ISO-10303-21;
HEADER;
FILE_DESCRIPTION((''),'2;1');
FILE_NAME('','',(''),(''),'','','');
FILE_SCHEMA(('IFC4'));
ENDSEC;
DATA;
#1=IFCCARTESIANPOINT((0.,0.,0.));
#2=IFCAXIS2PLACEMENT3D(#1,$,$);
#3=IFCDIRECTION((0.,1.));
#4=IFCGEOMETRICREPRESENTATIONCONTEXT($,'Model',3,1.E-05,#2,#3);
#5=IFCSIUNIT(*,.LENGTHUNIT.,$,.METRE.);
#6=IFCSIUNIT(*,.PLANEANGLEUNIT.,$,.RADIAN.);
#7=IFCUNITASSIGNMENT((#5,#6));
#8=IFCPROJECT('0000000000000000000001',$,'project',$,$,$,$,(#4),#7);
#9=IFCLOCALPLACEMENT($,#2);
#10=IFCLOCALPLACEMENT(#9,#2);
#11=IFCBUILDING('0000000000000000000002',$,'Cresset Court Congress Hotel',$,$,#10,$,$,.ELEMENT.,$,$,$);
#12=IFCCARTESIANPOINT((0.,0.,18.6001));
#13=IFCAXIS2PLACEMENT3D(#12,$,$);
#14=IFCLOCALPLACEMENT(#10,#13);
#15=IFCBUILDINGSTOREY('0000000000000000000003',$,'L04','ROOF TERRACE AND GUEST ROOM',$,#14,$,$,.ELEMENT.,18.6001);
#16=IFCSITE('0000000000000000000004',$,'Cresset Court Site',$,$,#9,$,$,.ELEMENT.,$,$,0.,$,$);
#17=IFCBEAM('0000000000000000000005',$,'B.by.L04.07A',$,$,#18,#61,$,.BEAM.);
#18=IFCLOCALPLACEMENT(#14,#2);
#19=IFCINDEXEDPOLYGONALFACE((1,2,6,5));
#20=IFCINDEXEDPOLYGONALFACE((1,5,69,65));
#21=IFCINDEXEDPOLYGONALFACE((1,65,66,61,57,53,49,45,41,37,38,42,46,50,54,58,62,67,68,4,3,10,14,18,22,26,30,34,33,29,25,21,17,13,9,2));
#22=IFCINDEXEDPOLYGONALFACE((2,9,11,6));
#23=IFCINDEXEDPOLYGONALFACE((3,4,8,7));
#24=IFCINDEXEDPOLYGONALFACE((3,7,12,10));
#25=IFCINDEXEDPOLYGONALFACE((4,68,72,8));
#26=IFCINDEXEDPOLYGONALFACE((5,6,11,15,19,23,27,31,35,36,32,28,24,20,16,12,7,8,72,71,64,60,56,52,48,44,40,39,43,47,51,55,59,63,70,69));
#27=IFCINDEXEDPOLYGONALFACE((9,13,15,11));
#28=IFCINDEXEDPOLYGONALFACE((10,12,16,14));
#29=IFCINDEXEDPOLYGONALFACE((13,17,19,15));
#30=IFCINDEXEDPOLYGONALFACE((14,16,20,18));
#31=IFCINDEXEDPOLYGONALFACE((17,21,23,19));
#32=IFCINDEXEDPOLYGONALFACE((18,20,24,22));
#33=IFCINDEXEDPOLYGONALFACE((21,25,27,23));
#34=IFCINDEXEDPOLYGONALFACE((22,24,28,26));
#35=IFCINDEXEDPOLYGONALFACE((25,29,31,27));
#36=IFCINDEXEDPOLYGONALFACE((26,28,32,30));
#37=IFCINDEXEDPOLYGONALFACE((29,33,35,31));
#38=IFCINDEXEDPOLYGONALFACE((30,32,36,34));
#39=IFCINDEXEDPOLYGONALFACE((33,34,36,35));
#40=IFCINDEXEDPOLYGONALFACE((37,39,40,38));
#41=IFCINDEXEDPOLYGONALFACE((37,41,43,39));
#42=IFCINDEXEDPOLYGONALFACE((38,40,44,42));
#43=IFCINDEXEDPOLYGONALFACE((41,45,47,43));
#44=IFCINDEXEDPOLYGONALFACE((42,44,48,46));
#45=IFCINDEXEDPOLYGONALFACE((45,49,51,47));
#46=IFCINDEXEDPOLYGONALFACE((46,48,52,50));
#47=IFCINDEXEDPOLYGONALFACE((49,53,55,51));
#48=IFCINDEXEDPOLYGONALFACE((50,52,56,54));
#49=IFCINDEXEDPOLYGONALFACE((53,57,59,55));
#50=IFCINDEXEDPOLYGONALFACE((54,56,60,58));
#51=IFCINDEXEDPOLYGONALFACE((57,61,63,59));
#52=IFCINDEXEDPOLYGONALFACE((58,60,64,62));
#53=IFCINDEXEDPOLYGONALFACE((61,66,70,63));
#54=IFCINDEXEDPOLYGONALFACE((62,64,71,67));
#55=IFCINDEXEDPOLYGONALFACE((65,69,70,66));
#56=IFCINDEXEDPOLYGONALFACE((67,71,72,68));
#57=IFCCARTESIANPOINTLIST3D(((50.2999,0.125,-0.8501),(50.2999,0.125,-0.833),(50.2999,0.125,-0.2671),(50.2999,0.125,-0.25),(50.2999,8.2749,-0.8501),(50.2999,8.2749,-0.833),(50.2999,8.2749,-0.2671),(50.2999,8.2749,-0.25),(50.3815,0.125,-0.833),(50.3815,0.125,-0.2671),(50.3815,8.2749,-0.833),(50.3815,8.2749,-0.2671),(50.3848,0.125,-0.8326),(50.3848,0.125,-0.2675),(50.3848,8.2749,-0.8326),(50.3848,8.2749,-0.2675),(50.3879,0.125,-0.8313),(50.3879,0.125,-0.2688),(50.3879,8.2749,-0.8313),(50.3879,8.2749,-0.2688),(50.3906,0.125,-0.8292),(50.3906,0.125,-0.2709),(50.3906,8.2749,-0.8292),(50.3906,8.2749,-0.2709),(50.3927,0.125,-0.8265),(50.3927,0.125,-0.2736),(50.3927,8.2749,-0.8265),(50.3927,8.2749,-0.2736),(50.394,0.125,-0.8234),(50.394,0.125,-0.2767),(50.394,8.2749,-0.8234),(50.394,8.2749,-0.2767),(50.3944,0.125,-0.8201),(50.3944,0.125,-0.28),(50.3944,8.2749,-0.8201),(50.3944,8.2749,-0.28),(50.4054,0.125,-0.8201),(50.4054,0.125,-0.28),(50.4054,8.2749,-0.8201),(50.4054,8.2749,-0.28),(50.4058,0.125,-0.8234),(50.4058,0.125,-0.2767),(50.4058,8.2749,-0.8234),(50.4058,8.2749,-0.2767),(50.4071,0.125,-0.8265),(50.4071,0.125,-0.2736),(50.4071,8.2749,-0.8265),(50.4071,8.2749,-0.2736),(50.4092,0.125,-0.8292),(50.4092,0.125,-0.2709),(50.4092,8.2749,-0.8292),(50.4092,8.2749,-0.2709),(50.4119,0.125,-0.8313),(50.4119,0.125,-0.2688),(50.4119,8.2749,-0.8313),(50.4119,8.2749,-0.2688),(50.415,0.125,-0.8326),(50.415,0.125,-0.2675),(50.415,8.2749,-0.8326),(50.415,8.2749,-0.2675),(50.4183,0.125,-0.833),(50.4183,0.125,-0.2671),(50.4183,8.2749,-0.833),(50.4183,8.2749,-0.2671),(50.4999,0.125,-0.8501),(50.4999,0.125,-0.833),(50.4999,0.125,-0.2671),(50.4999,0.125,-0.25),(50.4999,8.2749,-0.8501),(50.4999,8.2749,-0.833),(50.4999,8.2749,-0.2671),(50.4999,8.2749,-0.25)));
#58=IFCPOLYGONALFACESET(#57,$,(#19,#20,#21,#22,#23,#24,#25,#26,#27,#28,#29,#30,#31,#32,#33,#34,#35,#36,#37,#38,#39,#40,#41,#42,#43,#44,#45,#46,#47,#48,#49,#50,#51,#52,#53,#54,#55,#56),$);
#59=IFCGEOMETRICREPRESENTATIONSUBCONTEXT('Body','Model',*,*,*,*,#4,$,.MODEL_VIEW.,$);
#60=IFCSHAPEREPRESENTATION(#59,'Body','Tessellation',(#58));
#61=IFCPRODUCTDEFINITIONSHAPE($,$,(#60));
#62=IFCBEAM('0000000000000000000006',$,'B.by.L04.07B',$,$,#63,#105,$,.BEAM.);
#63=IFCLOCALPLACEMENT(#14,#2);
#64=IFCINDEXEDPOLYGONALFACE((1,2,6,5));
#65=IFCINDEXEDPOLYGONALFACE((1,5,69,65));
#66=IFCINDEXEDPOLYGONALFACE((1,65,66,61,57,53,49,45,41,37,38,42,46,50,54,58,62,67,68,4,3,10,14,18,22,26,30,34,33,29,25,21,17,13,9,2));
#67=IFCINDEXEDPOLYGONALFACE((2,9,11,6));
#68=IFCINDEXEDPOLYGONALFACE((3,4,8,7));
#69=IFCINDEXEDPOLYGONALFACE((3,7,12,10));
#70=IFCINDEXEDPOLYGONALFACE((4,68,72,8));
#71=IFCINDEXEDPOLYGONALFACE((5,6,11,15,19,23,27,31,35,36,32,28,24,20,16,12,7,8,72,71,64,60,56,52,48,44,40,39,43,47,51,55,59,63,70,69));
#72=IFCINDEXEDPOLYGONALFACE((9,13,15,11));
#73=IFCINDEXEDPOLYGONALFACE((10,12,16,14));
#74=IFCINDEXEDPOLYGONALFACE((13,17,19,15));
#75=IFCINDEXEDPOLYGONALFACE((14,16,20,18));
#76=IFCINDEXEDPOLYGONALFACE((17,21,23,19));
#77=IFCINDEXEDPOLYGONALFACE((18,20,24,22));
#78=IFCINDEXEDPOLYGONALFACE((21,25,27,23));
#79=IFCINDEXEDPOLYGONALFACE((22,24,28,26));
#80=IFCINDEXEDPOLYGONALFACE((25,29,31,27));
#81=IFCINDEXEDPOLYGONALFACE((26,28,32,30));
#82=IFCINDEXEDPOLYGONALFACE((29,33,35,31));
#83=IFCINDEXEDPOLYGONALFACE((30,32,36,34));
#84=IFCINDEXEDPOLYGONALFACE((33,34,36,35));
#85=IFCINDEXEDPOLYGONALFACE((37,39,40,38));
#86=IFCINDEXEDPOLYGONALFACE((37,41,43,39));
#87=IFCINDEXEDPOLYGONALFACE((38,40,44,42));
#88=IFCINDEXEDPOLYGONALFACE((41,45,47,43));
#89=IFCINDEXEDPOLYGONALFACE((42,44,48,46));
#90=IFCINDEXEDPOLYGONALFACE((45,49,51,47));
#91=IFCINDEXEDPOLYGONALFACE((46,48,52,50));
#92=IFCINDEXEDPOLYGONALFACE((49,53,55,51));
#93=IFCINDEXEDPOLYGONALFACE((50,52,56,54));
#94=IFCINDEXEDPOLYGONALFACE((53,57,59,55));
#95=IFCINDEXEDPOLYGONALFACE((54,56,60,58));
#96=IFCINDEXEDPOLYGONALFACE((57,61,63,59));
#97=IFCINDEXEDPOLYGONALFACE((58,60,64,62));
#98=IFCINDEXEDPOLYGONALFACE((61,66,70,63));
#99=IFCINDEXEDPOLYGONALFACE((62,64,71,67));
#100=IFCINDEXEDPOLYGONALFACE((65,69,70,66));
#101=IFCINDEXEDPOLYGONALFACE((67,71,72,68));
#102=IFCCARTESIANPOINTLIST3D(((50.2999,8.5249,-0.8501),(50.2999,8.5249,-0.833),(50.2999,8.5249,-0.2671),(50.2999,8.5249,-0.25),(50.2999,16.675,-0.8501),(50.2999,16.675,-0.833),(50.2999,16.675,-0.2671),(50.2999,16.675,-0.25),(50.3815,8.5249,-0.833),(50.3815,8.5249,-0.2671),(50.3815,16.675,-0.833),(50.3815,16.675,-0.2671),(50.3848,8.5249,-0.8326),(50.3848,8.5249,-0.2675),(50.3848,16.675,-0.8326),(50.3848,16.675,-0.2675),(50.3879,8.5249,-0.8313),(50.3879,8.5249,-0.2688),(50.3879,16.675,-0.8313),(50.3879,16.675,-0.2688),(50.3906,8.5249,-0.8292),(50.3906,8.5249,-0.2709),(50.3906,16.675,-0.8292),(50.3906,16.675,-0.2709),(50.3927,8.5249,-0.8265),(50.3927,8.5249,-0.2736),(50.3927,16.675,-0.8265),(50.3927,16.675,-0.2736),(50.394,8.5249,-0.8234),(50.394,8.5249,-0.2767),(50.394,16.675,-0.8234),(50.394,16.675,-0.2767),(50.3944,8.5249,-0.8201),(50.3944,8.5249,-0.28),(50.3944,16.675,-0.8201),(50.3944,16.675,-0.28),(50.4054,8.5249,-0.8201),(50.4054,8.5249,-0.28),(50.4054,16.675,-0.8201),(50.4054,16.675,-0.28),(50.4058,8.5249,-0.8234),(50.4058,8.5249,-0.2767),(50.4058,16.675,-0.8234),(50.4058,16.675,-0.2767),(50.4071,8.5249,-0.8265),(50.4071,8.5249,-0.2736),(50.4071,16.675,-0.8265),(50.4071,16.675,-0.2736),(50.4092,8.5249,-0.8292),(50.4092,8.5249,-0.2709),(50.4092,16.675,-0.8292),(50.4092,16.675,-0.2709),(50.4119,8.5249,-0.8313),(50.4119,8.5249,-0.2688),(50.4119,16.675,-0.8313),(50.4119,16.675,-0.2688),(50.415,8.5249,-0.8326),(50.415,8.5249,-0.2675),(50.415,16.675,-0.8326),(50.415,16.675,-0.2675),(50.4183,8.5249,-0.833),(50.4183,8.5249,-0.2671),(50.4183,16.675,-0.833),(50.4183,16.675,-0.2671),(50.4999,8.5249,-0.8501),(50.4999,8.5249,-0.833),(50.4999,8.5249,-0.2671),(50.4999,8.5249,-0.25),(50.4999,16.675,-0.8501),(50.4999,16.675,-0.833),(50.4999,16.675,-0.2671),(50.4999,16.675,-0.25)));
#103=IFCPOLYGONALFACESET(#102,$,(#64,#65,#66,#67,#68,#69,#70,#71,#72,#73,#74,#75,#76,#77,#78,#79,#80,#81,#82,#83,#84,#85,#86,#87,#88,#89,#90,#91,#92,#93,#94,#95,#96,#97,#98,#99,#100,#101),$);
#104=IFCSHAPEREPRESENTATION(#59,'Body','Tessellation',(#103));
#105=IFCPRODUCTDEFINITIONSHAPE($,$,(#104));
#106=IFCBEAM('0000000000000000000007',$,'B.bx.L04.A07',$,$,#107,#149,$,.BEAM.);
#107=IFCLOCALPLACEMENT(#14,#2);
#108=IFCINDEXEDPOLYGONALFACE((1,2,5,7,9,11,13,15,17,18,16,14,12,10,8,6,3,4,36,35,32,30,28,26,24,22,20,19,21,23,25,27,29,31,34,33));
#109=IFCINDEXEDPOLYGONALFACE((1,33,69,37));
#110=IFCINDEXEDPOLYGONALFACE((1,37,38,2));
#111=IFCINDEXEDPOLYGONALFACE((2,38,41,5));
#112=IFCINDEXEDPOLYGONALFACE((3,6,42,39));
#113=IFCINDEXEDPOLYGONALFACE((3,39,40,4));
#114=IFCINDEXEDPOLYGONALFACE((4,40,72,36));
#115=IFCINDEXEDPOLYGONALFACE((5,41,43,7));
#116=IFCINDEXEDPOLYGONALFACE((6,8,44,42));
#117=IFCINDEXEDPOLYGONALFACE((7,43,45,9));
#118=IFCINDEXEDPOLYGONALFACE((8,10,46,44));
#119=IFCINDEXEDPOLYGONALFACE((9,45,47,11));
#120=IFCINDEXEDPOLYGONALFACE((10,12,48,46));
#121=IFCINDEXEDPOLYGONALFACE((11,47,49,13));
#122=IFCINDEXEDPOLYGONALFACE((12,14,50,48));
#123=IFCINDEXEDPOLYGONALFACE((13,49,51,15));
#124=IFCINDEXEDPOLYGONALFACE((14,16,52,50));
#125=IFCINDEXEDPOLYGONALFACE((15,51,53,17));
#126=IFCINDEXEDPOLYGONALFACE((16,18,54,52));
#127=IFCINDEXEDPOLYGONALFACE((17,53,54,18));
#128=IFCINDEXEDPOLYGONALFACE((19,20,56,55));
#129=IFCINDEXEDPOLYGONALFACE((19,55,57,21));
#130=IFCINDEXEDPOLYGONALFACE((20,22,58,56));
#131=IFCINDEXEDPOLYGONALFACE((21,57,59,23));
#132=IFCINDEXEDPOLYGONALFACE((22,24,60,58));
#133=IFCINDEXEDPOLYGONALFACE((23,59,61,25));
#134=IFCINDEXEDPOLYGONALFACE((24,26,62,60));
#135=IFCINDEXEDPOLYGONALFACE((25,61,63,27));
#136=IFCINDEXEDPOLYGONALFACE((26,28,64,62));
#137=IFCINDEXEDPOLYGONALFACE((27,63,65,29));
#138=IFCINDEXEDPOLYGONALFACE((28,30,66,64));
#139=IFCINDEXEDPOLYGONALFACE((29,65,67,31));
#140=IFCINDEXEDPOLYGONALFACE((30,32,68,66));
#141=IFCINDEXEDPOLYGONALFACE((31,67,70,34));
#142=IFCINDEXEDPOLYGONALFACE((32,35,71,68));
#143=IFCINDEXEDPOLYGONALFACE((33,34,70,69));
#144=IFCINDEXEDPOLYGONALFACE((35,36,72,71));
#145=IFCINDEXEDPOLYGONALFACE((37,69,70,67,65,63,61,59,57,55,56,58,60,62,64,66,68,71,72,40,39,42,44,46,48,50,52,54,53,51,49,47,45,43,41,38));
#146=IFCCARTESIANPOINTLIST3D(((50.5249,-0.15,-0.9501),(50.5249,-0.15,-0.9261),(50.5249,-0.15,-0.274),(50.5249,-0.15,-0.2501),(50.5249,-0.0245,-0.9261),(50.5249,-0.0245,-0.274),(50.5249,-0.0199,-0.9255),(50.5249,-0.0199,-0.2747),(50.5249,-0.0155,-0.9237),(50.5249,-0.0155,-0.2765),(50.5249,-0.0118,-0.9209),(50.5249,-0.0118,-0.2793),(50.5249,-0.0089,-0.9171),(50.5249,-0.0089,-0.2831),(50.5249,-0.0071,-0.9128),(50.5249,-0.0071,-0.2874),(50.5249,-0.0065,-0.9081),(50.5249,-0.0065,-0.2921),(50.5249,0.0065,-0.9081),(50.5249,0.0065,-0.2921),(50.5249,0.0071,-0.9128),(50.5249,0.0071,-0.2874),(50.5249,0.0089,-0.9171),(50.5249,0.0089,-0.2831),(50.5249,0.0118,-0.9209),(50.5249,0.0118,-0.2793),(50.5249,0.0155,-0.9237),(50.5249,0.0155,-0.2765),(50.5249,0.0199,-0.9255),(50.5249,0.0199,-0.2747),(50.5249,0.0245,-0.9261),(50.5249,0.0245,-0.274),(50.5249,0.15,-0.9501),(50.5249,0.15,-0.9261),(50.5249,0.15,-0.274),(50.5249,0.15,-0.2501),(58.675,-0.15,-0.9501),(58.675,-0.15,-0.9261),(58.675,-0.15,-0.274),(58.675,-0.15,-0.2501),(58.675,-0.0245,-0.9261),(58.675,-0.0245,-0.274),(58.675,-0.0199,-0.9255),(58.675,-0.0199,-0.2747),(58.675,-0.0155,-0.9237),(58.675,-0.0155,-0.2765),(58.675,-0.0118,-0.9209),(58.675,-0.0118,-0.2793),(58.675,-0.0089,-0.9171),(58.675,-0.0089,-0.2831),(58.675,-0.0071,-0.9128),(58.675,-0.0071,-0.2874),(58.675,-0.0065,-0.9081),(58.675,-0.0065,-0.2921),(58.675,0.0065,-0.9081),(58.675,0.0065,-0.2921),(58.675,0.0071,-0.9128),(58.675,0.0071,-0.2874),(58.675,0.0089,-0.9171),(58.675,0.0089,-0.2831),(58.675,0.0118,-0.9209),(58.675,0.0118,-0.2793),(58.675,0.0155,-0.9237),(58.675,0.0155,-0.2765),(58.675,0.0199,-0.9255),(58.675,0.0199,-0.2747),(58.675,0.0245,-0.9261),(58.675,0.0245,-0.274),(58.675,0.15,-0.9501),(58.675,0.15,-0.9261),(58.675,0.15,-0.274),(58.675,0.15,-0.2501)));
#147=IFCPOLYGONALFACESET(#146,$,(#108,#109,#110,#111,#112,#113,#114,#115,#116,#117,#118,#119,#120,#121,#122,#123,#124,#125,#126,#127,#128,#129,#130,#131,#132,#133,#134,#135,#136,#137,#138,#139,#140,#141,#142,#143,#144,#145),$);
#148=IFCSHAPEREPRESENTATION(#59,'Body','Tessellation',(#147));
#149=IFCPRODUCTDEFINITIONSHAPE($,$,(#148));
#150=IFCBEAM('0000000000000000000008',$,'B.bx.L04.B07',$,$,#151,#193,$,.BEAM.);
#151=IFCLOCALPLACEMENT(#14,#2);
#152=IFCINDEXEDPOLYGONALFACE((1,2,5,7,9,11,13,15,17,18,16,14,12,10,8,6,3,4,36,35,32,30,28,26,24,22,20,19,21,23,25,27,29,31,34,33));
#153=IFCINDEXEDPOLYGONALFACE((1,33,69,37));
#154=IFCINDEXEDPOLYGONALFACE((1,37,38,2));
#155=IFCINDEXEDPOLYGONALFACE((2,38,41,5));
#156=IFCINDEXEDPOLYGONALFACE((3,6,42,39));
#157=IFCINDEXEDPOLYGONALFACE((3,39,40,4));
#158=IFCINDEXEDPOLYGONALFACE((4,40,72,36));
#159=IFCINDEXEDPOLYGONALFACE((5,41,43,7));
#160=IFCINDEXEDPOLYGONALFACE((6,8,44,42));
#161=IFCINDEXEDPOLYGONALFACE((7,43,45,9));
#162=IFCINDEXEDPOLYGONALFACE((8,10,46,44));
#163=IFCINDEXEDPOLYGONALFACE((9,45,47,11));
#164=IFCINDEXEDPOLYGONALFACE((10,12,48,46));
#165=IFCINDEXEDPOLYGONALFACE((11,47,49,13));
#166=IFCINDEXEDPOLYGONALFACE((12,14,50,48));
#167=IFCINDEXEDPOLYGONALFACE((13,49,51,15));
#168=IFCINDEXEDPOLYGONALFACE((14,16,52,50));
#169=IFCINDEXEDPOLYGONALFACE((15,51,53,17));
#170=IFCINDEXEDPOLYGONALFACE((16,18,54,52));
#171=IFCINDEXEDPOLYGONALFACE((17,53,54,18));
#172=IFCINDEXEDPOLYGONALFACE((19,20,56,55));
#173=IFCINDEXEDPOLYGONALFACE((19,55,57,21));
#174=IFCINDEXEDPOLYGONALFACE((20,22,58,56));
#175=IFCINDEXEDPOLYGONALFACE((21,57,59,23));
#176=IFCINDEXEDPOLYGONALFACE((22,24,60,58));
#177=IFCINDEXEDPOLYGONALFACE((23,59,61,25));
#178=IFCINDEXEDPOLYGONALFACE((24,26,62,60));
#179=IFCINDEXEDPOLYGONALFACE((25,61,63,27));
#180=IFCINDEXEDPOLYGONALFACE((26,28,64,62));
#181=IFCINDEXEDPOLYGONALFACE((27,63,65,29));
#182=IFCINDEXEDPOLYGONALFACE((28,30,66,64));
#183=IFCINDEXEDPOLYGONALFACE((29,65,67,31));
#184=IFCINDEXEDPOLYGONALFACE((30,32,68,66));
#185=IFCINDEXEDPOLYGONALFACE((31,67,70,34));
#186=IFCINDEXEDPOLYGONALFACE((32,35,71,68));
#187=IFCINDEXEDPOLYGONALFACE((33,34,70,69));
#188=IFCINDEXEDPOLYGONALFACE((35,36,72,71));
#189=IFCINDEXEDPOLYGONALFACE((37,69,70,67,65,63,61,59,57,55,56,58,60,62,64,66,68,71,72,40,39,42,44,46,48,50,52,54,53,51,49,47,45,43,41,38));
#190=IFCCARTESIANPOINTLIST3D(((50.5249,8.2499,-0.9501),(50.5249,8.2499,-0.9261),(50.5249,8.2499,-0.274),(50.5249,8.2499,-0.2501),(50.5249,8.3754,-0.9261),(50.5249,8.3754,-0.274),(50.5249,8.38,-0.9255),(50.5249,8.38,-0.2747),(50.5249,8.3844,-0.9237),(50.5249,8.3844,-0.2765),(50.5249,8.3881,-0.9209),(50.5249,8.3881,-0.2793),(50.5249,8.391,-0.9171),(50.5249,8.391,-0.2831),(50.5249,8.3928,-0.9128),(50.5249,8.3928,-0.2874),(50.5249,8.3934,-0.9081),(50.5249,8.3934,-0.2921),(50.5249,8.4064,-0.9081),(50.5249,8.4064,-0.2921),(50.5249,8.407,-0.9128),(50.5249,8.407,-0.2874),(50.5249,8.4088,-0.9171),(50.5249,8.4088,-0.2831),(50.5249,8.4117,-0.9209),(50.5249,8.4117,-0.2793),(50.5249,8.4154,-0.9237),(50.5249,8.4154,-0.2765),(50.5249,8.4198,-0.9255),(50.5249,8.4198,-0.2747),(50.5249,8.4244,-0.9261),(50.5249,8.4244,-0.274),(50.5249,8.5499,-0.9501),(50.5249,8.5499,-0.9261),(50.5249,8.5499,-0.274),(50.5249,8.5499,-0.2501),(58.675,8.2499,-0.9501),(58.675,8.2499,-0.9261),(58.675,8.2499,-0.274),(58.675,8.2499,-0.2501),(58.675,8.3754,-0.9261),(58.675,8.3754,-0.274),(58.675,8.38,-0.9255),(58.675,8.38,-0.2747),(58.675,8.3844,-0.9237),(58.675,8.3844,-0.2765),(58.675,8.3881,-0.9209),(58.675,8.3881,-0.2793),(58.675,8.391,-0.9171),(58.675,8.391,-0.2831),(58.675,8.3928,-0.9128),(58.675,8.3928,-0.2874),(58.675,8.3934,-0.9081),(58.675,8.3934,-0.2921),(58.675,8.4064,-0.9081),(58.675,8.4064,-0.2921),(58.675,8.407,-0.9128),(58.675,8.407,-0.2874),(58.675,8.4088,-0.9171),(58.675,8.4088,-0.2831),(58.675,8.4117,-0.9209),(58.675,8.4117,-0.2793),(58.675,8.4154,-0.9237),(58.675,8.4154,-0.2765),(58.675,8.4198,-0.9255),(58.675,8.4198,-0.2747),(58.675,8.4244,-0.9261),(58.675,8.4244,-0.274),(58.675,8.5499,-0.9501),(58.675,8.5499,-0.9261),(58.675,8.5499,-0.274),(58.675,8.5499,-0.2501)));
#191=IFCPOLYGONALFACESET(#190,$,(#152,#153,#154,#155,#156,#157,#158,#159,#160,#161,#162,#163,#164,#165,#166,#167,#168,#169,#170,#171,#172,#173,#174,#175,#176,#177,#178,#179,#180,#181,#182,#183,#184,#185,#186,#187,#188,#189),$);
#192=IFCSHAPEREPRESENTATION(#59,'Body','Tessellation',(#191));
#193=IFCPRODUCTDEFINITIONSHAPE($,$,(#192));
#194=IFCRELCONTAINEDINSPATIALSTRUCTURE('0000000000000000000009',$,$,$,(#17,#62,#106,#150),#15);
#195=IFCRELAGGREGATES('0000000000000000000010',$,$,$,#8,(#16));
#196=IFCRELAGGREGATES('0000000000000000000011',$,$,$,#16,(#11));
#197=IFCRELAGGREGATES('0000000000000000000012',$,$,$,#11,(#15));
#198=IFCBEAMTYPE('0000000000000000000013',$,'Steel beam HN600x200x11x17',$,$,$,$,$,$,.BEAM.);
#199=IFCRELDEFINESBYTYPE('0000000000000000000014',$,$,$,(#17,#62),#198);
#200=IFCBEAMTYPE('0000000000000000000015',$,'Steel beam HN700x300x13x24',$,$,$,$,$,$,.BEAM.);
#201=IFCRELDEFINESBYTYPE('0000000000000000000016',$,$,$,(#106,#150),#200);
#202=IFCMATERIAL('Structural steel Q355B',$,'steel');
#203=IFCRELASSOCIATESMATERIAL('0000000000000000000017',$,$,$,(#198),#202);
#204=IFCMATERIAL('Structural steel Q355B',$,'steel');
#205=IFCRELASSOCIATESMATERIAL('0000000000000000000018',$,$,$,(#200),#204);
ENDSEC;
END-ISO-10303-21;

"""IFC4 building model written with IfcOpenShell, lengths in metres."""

from ifc_helpers import new_model, si_unit, direction, frame, origin, origin_2d, place, context, subcontext, project, spatial, i_section, extrude, material, material_profile, profile_set, type_object, element, save


model = new_model("IFC4")

# Units and contexts
model_context = context("Model", 3, precision=1e-05, world=origin(), true_north=direction((0.0, 1.0)))
body_context = subcontext(model_context, "Body", "Model", "MODEL_VIEW")
ifc_project = project(units=[si_unit("LENGTHUNIT", "METRE"), si_unit("PLANEANGLEUNIT", "RADIAN")], contexts=[model_context])

# Site, building, storey
site_placement = place(None, origin())
site = spatial("IfcSite", under=ifc_project, at=site_placement, Name="Cresset Court Site", CompositionType="ELEMENT", RefElevation=0.0)
building_placement = place(site_placement, origin())
building = spatial("IfcBuilding", under=site, at=building_placement, Name="Cresset Court Congress Hotel", CompositionType="ELEMENT")
storey_placement = place(building_placement, frame((0.0, 0.0, 18.6001)))
storey = spatial("IfcBuildingStorey", under=building, at=storey_placement, Name="L04", Description="ROOF TERRACE AND GUEST ROOM", CompositionType="ELEMENT", Elevation=18.6001)

# Beams
ifc_material_1 = material(Name="Structural steel Q355B", Category="steel")
ifc_material_profile_1 = material_profile(ifc_material_1, i_section(OverallWidth=0.2, OverallDepth=0.6001, WebThickness=0.011, FlangeThickness=0.0171, FilletRadius=0.0129, at=origin_2d()), Name="HN600x200x11x17")
ifc_profile_set_1 = profile_set([ifc_material_profile_1], Name="Structural steel Q355B")
beam_type_1 = type_object("IfcBeamType", Name="Steel beam HN600x200x11x17", PredefinedType="BEAM", material=ifc_profile_set_1)
beam_1_placement = place(storey_placement, frame((50.3999, 0.125, -0.55), z_axis=(0.0, 1.0, 0.0), x_axis=(-1.0, 0.0, 0.0)))
element("IfcBeam", 1, at=beam_1_placement, inside=storey, type_object=beam_type_1, Name="B.by.L04.07A", PredefinedType="BEAM", context=body_context, shape_type="SweptSolid", body=[
    extrude(i_section(OverallWidth=0.2, OverallDepth=0.6001, WebThickness=0.011, FlangeThickness=0.0171, FilletRadius=0.0129, at=origin_2d()), origin(), (0.0, 0.0, 1.0), 8.1499),
])
beam_2_placement = place(storey_placement, frame((50.3999, 8.5249, -0.55), z_axis=(0.0, 1.0, 0.0), x_axis=(-1.0, 0.0, 0.0)))
element("IfcBeam", 2, at=beam_2_placement, inside=storey, type_object=beam_type_1, Name="B.by.L04.07B", PredefinedType="BEAM", context=body_context, shape_type="SweptSolid", body=[
    extrude(i_section(OverallWidth=0.2, OverallDepth=0.6001, WebThickness=0.011, FlangeThickness=0.0171, FilletRadius=0.0129, at=origin_2d()), origin(), (0.0, 0.0, 1.0), 8.1501),
])
ifc_material_2 = material(Name="Structural steel Q355B", Category="steel")
ifc_material_profile_2 = material_profile(ifc_material_2, i_section(OverallWidth=0.3, OverallDepth=0.7, WebThickness=0.0129, FlangeThickness=0.0239, FilletRadius=0.0181, at=origin_2d()), Name="HN700x300x13x24")
ifc_profile_set_2 = profile_set([ifc_material_profile_2], Name="Structural steel Q355B")
beam_type_2 = type_object("IfcBeamType", Name="Steel beam HN700x300x13x24", PredefinedType="BEAM", material=ifc_profile_set_2)
for number, where, z_axis, x_axis, name in (
    (3, (50.5249, 0.0, -0.6001), (1.0, 0.0, 0.0), (0.0, 1.0, 0.0), "B.bx.L04.A07"),
    (4, (50.5249, 8.3999, -0.6001), (1.0, 0.0, 0.0), (0.0, 1.0, 0.0), "B.bx.L04.B07"),
):
    element("IfcBeam", number, at=place(storey_placement, frame(where, z_axis=z_axis, x_axis=x_axis)), inside=storey, type_object=beam_type_2, Name=name, PredefinedType="BEAM", context=body_context, shape_type="SweptSolid", body=[
        extrude(i_section(OverallWidth=0.3, OverallDepth=0.7, WebThickness=0.0129, FlangeThickness=0.0239, FilletRadius=0.0181, at=origin_2d()), origin(), (0.0, 0.0, 1.0), 8.1501),
    ])

save(model, "model.ifc")
